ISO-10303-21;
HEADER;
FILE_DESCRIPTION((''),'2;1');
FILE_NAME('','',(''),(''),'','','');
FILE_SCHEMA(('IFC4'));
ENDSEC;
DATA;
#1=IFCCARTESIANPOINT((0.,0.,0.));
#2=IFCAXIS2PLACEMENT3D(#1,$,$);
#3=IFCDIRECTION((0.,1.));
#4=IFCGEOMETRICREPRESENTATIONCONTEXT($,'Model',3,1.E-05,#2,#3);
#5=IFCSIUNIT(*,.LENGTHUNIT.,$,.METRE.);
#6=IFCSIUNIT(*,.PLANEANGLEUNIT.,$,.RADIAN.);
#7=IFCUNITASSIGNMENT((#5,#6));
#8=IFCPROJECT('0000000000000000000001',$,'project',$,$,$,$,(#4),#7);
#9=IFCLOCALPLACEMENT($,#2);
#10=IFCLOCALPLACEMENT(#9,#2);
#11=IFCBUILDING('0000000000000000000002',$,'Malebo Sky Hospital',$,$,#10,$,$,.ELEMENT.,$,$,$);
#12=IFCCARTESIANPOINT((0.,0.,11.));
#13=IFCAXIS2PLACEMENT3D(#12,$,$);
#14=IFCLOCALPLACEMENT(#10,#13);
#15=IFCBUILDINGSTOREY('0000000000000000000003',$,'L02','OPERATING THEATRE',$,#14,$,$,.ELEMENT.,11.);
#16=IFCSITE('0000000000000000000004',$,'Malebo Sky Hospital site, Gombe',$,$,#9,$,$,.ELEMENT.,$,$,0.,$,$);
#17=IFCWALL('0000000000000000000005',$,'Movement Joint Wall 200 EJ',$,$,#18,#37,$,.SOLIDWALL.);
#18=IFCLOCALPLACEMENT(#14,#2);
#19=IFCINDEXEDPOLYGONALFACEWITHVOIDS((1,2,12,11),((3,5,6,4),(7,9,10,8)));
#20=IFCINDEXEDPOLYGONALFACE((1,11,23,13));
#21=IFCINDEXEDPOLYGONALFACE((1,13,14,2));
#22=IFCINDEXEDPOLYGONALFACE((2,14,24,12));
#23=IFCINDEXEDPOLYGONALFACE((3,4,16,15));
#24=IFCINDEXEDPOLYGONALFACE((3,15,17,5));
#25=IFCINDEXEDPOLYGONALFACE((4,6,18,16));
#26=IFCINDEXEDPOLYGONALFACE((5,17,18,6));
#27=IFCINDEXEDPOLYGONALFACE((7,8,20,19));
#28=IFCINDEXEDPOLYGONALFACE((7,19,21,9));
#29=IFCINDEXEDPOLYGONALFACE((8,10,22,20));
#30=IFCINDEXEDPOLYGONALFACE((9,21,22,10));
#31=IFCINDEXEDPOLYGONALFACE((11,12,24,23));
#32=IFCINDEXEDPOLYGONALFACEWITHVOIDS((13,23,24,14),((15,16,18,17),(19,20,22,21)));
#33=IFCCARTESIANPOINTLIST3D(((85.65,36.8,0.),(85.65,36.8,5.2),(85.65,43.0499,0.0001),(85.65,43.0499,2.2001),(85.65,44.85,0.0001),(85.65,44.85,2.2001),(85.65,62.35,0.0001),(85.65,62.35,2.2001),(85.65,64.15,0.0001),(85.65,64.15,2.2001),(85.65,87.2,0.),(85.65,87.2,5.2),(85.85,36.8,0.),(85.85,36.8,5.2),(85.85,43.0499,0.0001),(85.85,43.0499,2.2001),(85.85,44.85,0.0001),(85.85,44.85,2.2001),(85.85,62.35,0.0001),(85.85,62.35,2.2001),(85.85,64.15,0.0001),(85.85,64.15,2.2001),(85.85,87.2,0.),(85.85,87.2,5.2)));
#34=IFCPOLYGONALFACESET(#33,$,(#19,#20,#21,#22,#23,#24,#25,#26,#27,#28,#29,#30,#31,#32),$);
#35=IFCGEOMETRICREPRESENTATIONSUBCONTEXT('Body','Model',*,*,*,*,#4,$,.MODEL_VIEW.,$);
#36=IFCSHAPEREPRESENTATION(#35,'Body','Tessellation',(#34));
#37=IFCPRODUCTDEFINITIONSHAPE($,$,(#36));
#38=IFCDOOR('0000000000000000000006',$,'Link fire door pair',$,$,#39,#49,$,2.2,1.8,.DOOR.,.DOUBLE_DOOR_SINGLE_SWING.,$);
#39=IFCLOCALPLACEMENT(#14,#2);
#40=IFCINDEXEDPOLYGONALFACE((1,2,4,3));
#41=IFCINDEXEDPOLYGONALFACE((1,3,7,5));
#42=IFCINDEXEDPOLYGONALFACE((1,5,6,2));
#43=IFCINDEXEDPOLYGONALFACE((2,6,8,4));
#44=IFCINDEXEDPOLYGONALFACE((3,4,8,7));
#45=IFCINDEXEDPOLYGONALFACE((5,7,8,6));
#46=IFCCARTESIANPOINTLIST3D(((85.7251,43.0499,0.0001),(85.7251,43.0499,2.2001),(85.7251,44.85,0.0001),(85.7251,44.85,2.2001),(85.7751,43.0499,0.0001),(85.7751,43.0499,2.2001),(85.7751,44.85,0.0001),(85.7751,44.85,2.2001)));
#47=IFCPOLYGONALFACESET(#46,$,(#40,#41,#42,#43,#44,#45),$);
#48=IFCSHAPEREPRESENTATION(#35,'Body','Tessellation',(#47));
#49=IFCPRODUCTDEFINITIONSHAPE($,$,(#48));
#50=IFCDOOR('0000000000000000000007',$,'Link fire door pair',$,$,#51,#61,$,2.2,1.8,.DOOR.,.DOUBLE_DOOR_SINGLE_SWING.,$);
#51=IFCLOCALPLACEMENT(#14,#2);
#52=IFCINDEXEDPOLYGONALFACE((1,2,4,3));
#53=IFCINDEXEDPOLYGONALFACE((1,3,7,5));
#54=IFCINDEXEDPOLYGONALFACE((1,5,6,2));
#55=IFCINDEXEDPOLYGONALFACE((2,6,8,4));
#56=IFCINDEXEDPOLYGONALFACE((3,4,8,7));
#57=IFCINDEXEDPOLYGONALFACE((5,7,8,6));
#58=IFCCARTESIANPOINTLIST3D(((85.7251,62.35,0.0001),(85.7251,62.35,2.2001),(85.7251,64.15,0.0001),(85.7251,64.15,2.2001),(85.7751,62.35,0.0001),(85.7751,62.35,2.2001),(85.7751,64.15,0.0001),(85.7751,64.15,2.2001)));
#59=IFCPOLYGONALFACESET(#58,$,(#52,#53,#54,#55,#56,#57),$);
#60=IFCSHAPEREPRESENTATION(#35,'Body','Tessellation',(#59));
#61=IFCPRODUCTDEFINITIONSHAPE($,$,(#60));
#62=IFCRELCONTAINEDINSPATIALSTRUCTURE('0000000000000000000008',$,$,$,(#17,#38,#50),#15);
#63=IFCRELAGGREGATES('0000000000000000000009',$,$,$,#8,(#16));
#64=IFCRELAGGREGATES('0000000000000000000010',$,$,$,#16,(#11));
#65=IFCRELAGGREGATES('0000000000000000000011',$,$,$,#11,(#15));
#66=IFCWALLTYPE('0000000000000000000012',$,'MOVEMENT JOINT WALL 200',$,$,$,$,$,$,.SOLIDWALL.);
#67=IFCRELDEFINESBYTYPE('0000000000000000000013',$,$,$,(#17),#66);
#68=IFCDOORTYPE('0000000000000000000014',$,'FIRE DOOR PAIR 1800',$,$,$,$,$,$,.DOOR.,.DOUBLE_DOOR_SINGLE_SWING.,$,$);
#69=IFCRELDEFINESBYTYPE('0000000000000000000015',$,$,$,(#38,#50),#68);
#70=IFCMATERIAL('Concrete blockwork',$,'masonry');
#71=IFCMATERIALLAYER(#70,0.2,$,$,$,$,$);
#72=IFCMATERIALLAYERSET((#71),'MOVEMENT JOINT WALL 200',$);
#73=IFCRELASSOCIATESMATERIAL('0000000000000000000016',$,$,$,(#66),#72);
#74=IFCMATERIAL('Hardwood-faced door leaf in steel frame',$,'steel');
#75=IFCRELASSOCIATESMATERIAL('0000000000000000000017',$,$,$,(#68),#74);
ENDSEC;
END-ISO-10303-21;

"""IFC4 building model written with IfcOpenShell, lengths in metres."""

from ifc_helpers import new_model, si_unit, direction, frame, frame_2d, origin, place, context, subcontext, project, spatial, rectangle, extrude, material, layer, layer_set, type_object, element, fill, save


model = new_model("IFC4")

# Units and contexts
model_context = context("Model", 3, precision=1e-05, world=origin(), true_north=direction((0.0, 1.0)))
body_context = subcontext(model_context, "Body", "Model", "MODEL_VIEW")
ifc_project = project(units=[si_unit("LENGTHUNIT", "METRE"), si_unit("PLANEANGLEUNIT", "RADIAN")], contexts=[model_context])

# Site, building, storey
site_placement = place(None, origin())
site = spatial("IfcSite", under=ifc_project, at=site_placement, Name="Malebo Sky Hospital site, Gombe", CompositionType="ELEMENT", RefElevation=0.0)
building_placement = place(site_placement, origin())
building = spatial("IfcBuilding", under=site, at=building_placement, Name="Malebo Sky Hospital", CompositionType="ELEMENT")
storey_placement = place(building_placement, frame((0.0, 0.0, 11.0)))
storey = spatial("IfcBuildingStorey", under=building, at=storey_placement, Name="L02", Description="OPERATING THEATRE", CompositionType="ELEMENT", Elevation=11.0)

# Wall, openings, doors
ifc_material_1 = material(Name="Concrete blockwork", Category="masonry")
ifc_layer_1 = layer(ifc_material_1, 0.2)
ifc_layer_set_1 = layer_set([ifc_layer_1], Name="MOVEMENT JOINT WALL 200")
wall_type = type_object("IfcWallType", Name="MOVEMENT JOINT WALL 200", PredefinedType="SOLIDWALL", material=ifc_layer_set_1)
wall_placement = place(storey_placement, frame((85.75, 36.8, 0.0), z_axis=(0.0, 0.0, 1.0), x_axis=(0.0, 1.0, 0.0)))
wall = element("IfcWall", 1, at=wall_placement, inside=storey, type_object=wall_type, Name="Movement Joint Wall 200 EJ", PredefinedType="SOLIDWALL", context=body_context, shape_type="SweptSolid", body=[
    extrude(rectangle(XDim=50.3999, YDim=0.2, at=frame_2d((25.2, 0.0))), origin(), (0.0, 0.0, 1.0), 5.2),
])
opening_1_placement = place(wall_placement, frame((6.25, 0.0, 0.0)))
opening_1 = element("IfcOpeningElement", 2, at=opening_1_placement, cuts=wall, PredefinedType="OPENING", context=body_context, shape_type="SweptSolid", body=[
    extrude(rectangle(XDim=1.8, YDim=2.2, at=frame_2d((0.8999, 1.1001))), frame((0.0, 0.1099, 0.0), z_axis=(0.0, -1.0, 0.0), x_axis=(1.0, 0.0, 0.0)), (0.0, 0.0, 1.0), 0.22),
])
opening_2_placement = place(wall_placement, frame((25.55, 0.0, 0.0)))
opening_2 = element("IfcOpeningElement", 3, at=opening_2_placement, cuts=wall, PredefinedType="OPENING", context=body_context, shape_type="SweptSolid", body=[
    extrude(rectangle(XDim=1.8, YDim=2.2, at=frame_2d((0.8999, 1.1001))), frame((0.0, 0.1099, 0.0), z_axis=(0.0, -1.0, 0.0), x_axis=(1.0, 0.0, 0.0)), (0.0, 0.0, 1.0), 0.22),
])
ifc_material_2 = material(Name="Hardwood-faced door leaf in steel frame", Category="steel")
door_type = type_object("IfcDoorType", Name="FIRE DOOR PAIR 1800", OperationType="DOUBLE_DOOR_SINGLE_SWING", PredefinedType="DOOR", material=ifc_material_2)
door_1_placement = place(opening_1_placement, origin())
door_1 = element("IfcDoor", 4, at=door_1_placement, inside=storey, type_object=door_type, Name="Link fire door pair", OperationType="DOUBLE_DOOR_SINGLE_SWING", OverallHeight=2.2, OverallWidth=1.8, PredefinedType="DOOR", context=body_context, shape_type="SweptSolid", body=[
    extrude(rectangle(XDim=1.8, YDim=2.2, at=frame_2d((0.8999, 1.1001))), frame((0.0, 0.0249, 0.0), z_axis=(0.0, -1.0, 0.0), x_axis=(1.0, 0.0, 0.0)), (0.0, 0.0, 1.0), 0.05),
])
fill(opening_1, door_1)
door_2_placement = place(opening_2_placement, origin())
door_2 = element("IfcDoor", 5, at=door_2_placement, inside=storey, type_object=door_type, Name="Link fire door pair", OperationType="DOUBLE_DOOR_SINGLE_SWING", OverallHeight=2.2, OverallWidth=1.8, PredefinedType="DOOR", context=body_context, shape_type="SweptSolid", body=[
    extrude(rectangle(XDim=1.8, YDim=2.2, at=frame_2d((0.8999, 1.1001))), frame((0.0, 0.0249, 0.0), z_axis=(0.0, -1.0, 0.0), x_axis=(1.0, 0.0, 0.0)), (0.0, 0.0, 1.0), 0.05),
])
fill(opening_2, door_2)

save(model, "model.ifc")
